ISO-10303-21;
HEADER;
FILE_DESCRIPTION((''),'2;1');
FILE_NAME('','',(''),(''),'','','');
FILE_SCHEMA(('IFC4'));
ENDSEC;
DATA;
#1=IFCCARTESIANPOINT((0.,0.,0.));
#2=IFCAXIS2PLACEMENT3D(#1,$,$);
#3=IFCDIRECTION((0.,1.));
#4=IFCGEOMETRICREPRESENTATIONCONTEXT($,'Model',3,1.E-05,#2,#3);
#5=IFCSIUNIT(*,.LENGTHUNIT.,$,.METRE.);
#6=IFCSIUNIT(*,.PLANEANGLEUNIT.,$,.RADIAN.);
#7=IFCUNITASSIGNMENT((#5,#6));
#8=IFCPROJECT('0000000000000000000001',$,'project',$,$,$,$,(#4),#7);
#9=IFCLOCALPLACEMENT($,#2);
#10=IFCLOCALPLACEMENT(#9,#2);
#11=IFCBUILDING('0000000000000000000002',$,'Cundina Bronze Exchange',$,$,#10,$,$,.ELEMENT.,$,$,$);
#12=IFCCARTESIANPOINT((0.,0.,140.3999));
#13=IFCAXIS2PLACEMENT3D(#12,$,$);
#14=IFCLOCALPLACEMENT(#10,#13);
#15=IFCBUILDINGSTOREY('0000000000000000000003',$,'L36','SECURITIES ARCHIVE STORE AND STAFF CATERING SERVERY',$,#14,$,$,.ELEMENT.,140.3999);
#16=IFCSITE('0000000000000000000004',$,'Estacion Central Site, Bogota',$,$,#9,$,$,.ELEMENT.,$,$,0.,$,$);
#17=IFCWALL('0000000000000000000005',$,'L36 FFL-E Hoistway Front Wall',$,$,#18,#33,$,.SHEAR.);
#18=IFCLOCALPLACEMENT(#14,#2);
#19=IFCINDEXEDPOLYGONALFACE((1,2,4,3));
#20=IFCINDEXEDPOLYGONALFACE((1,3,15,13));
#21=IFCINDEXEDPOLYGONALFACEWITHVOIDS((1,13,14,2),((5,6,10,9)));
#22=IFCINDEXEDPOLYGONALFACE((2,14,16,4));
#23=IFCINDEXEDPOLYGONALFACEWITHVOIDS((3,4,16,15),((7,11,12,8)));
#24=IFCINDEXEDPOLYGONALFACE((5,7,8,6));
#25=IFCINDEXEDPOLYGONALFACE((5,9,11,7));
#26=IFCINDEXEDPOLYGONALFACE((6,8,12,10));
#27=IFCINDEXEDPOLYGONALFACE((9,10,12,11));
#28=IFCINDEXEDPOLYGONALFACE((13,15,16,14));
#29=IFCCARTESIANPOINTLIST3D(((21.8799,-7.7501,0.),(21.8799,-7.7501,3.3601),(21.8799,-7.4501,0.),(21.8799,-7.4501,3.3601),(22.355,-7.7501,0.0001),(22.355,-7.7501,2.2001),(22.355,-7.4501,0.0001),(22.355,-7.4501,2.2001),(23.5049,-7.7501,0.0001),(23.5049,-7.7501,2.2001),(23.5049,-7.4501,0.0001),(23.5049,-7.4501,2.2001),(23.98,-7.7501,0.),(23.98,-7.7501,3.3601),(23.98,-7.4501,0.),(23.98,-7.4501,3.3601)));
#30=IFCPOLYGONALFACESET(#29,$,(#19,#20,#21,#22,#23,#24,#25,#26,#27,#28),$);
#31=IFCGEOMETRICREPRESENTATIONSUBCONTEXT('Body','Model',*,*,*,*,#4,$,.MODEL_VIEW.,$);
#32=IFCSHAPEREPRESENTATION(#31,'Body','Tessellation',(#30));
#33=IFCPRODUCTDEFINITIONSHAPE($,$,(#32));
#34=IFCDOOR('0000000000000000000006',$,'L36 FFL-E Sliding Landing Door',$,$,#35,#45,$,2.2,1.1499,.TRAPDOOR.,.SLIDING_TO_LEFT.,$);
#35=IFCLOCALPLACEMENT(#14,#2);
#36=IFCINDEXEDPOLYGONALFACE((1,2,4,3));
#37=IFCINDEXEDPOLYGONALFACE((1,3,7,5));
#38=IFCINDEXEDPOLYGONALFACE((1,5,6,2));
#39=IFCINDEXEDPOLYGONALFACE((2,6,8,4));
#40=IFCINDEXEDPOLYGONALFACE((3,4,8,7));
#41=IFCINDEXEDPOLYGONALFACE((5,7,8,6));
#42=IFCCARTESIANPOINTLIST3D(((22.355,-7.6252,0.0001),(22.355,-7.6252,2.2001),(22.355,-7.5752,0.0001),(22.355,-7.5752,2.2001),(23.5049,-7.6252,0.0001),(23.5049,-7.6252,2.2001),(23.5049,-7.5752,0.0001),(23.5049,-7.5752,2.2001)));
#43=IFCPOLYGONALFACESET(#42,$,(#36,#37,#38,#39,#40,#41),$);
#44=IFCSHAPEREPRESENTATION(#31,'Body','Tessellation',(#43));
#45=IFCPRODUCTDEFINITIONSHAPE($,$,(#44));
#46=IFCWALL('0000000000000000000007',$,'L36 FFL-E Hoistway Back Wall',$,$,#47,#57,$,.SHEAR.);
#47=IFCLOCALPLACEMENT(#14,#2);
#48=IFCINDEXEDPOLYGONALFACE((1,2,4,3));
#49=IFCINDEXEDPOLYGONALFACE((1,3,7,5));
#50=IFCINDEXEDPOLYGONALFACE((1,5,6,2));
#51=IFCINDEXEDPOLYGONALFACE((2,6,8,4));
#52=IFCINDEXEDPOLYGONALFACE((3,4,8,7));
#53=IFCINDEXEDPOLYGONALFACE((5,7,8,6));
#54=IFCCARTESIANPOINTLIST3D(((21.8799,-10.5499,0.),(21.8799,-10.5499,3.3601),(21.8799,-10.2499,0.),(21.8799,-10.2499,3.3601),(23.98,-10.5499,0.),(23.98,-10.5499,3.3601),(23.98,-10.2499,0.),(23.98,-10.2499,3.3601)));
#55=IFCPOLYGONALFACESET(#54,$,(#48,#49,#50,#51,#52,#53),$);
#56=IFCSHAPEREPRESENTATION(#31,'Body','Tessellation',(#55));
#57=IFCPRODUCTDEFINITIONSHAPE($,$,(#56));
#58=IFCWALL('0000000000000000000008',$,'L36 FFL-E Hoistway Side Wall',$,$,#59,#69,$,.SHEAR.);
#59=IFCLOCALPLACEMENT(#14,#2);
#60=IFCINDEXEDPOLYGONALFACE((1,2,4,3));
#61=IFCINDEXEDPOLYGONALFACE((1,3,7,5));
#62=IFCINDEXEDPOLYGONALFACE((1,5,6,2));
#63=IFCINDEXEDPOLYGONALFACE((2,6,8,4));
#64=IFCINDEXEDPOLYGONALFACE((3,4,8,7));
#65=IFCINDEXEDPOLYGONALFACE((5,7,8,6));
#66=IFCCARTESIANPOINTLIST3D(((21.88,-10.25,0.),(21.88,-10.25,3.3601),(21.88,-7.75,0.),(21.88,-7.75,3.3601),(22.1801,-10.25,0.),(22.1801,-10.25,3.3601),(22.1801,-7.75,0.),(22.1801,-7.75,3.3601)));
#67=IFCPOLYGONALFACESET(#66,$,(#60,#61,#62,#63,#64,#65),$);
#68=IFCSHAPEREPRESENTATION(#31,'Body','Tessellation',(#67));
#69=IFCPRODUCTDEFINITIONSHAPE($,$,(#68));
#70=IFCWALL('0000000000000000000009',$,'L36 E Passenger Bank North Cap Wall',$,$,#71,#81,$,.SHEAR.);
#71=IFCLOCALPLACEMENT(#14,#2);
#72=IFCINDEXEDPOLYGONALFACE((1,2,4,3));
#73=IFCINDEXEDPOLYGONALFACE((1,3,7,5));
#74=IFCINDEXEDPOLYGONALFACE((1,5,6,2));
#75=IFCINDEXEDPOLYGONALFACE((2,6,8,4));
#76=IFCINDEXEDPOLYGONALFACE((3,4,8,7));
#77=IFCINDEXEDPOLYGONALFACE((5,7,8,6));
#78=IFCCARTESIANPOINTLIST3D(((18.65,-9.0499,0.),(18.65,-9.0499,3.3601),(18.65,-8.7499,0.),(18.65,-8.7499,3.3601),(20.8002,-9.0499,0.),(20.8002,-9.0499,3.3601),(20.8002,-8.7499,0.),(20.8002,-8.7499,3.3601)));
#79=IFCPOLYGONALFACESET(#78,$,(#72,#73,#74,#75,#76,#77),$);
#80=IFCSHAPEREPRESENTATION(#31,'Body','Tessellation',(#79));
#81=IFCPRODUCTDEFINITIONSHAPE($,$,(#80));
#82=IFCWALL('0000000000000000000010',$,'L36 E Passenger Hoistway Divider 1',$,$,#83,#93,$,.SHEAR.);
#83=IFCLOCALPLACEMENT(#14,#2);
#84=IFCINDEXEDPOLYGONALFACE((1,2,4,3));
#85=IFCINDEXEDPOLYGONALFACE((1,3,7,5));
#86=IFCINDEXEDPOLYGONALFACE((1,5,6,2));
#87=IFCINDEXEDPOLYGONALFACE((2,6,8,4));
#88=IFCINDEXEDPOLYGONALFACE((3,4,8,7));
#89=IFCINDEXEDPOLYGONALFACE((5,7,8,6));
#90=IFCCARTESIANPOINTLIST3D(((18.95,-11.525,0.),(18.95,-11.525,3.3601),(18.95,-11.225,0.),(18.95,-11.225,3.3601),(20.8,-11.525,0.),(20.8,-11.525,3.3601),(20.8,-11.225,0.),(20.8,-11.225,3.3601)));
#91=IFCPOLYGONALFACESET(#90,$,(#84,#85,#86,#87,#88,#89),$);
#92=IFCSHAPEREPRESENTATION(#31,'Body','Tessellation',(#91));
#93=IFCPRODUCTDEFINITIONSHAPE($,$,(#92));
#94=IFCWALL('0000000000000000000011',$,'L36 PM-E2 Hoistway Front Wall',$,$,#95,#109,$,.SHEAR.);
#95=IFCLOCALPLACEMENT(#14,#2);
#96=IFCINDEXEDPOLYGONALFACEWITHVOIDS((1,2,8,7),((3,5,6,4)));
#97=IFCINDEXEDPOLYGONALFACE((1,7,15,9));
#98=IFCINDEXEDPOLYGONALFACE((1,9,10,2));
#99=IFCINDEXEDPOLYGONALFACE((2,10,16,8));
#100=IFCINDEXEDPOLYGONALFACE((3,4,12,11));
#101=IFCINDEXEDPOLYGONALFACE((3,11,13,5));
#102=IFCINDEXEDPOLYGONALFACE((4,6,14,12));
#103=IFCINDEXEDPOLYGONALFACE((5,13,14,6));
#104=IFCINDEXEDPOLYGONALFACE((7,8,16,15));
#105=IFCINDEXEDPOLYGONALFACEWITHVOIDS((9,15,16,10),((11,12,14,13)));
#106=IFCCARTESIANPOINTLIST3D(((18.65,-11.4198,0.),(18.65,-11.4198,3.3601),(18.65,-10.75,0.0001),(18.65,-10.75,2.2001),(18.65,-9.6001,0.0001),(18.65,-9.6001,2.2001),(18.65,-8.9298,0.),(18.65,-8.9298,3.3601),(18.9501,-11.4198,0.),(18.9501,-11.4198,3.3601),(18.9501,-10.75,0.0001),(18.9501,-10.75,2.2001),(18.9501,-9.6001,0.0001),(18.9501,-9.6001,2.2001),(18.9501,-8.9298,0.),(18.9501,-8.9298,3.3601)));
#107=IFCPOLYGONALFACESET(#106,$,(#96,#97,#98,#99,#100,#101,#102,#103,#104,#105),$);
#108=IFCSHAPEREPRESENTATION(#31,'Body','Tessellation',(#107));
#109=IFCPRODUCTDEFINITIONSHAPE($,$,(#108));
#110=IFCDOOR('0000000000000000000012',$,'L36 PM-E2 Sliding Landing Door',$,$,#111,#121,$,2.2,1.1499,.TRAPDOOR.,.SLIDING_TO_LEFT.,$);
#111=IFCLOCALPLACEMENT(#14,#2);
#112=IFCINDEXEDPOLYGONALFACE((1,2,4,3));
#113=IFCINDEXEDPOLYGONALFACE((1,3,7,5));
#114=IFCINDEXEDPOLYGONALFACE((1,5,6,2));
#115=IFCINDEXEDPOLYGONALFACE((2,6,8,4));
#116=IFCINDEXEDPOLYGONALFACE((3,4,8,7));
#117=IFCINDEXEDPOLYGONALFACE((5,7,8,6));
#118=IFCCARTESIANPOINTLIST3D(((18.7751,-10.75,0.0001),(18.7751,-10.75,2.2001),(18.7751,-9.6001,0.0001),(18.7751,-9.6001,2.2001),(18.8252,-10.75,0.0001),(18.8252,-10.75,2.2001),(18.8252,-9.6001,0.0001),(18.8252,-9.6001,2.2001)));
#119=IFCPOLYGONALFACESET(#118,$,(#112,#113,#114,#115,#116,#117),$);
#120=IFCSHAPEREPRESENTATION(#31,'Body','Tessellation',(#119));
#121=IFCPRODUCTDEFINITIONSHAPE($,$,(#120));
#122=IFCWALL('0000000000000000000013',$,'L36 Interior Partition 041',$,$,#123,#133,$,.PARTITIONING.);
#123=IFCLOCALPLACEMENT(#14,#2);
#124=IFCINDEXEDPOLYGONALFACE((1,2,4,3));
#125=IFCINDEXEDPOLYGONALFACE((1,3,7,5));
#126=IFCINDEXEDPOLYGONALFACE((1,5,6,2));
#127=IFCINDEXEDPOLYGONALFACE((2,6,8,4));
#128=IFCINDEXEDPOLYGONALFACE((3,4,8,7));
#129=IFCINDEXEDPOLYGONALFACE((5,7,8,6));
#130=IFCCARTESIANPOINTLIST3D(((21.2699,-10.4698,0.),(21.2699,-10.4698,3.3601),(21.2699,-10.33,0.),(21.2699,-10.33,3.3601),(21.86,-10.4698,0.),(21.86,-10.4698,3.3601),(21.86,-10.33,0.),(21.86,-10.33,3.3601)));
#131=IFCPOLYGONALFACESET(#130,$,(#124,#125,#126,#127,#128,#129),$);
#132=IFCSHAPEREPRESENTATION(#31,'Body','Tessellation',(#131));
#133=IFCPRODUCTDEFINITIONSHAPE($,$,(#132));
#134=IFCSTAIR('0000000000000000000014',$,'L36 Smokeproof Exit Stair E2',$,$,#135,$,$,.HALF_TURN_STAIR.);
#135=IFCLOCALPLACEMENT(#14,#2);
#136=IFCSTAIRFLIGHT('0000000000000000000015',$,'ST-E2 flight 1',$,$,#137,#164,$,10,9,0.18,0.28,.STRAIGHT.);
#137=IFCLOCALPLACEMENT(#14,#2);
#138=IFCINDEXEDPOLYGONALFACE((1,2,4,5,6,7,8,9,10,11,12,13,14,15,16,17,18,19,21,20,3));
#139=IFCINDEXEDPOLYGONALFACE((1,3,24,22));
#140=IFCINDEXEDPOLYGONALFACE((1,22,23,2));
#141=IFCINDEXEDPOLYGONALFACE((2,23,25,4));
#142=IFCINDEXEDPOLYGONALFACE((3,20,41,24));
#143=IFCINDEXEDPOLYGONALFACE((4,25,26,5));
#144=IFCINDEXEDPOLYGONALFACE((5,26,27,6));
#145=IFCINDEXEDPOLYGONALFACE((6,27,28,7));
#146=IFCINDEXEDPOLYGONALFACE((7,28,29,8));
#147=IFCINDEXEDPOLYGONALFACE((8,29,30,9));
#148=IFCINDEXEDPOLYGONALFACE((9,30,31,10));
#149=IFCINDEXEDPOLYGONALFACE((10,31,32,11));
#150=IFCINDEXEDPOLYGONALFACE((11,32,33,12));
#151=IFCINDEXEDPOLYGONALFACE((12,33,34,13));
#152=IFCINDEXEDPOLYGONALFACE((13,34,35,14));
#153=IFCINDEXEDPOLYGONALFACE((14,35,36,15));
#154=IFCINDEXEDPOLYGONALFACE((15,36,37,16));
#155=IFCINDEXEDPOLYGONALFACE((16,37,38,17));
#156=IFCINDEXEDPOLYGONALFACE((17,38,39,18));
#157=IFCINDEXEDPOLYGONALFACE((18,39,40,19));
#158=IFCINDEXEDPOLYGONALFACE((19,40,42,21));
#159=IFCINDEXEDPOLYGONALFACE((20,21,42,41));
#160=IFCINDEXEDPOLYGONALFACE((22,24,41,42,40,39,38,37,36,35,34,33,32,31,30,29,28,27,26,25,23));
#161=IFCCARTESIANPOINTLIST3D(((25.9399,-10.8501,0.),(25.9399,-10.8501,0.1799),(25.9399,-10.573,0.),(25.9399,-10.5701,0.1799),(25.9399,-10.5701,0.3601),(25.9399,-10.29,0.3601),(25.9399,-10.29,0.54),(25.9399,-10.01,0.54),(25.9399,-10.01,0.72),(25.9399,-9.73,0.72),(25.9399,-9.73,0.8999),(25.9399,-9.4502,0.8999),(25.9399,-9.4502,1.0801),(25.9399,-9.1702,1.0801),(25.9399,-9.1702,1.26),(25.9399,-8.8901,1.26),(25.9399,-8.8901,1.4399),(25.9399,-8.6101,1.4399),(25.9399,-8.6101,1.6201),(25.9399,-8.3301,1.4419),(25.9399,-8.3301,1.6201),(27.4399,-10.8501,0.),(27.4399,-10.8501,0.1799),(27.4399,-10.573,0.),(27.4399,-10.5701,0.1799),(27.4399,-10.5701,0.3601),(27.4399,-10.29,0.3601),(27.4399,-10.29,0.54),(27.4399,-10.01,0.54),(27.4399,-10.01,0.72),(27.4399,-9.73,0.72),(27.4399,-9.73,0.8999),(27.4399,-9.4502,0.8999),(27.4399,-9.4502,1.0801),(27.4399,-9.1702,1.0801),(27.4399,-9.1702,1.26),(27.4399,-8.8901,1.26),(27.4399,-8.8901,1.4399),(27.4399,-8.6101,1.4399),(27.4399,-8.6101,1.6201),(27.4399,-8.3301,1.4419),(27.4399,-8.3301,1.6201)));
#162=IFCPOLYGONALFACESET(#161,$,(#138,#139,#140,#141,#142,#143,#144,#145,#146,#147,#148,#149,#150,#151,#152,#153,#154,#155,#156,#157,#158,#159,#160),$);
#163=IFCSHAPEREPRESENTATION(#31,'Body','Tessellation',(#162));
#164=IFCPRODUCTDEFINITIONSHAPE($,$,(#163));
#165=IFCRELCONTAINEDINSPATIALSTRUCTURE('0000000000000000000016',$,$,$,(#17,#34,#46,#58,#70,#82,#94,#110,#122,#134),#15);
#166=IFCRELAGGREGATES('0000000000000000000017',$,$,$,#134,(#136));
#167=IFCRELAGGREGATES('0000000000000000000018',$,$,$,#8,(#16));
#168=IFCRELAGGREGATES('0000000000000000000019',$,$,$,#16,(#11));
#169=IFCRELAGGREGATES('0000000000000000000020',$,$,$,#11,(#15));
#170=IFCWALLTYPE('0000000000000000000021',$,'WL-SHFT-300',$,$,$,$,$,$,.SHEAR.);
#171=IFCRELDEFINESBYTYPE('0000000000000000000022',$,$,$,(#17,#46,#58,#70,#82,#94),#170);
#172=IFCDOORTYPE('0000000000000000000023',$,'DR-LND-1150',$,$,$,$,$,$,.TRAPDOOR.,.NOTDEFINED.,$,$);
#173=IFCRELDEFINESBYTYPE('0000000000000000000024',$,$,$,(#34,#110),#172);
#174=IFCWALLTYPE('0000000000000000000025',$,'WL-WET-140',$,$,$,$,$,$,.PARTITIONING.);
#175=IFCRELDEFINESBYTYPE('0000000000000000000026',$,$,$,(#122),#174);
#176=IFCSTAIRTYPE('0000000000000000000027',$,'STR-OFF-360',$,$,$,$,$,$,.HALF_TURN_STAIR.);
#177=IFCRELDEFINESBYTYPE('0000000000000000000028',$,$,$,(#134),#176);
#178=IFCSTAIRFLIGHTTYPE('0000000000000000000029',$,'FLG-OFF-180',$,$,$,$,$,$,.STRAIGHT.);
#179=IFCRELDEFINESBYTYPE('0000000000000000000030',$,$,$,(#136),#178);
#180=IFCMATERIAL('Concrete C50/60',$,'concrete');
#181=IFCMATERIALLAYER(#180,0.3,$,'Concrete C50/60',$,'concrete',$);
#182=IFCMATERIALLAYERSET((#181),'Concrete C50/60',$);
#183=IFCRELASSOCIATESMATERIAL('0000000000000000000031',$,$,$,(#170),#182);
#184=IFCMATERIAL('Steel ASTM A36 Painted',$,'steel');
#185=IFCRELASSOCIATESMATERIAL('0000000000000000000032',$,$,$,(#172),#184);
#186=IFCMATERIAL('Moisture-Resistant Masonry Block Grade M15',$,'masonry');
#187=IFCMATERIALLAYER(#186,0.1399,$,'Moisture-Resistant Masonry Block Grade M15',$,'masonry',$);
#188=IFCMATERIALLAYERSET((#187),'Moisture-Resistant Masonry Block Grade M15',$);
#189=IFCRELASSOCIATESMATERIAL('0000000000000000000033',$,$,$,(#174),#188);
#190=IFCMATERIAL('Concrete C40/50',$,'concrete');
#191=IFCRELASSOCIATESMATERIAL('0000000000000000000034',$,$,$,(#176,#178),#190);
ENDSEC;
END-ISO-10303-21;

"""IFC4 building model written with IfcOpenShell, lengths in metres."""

from ifc_helpers import new_model, si_unit, direction, frame, frame_2d, origin, place, context, subcontext, project, spatial, polyline, rectangle, outline, extrude, material, layer, layer_set, type_object, element, fill, aggregate, save


model = new_model("IFC4")

# Units and contexts
model_context = context("Model", 3, precision=1e-05, world=origin(), true_north=direction((0.0, 1.0)))
body_context = subcontext(model_context, "Body", "Model", "MODEL_VIEW")
ifc_project = project(units=[si_unit("LENGTHUNIT", "METRE"), si_unit("PLANEANGLEUNIT", "RADIAN")], contexts=[model_context])

# Site, building, storey
site_placement = place(None, origin())
site = spatial("IfcSite", under=ifc_project, at=site_placement, Name="Estacion Central Site, Bogota", CompositionType="ELEMENT", RefElevation=0.0)
building_placement = place(site_placement, origin())
building = spatial("IfcBuilding", under=site, at=building_placement, Name="Cundina Bronze Exchange", CompositionType="ELEMENT")
storey_placement = place(building_placement, frame((0.0, 0.0, 140.3999)))
storey = spatial("IfcBuildingStorey", under=building, at=storey_placement, Name="L36", Description="SECURITIES ARCHIVE STORE AND STAFF CATERING SERVERY", CompositionType="ELEMENT", Elevation=140.3999)

# Shared definitions
ifc_material_1 = material(Name="Concrete C50/60", Category="concrete")

# Shared definitions
ifc_layer_1 = layer(ifc_material_1, 0.3, Name="Concrete C50/60", Category="concrete")
ifc_layer_set_1 = layer_set([ifc_layer_1], Name="Concrete C50/60")
wall_type_1 = type_object("IfcWallType", Name="WL-SHFT-300", PredefinedType="SHEAR", material=ifc_layer_set_1)

# Wall, opening, door
ifc_material_2 = material(Name="Steel ASTM A36 Painted", Category="steel")
wall_1_placement = place(storey_placement, frame((21.8799, -7.6001, 0.0), z_axis=(0.0, 0.0, 1.0), x_axis=(1.0, 0.0, 0.0)))
wall_1 = element("IfcWall", 1, at=wall_1_placement, inside=storey, type_object=wall_type_1, Name="L36 FFL-E Hoistway Front Wall", PredefinedType="SHEAR", context=body_context, shape_type="SweptSolid", body=[
    extrude(rectangle(XDim=2.1001, YDim=0.3, at=frame_2d((1.05, 0.0))), origin(), (0.0, 0.0, 1.0), 3.3601),
])
opening_1_placement = place(wall_1_placement, frame((0.4751, 0.0, 0.0)))
opening_1 = element("IfcOpeningElement", 2, at=opening_1_placement, cuts=wall_1, PredefinedType="OPENING", context=body_context, shape_type="SweptSolid", body=[
    extrude(rectangle(XDim=1.1499, YDim=2.2, at=frame_2d((0.575, 1.1001))), frame((0.0, 0.1599, 0.0), z_axis=(0.0, -1.0, 0.0), x_axis=(1.0, 0.0, 0.0)), (0.0, 0.0, 1.0), 0.3201),
])
door_type_1 = type_object("IfcDoorType", Name="DR-LND-1150", OperationType="NOTDEFINED", PredefinedType="TRAPDOOR", material=ifc_material_2)
door_1_placement = place(opening_1_placement, origin())
door_1 = element("IfcDoor", 3, at=door_1_placement, inside=storey, type_object=door_type_1, Name="L36 FFL-E Sliding Landing Door", OperationType="SLIDING_TO_LEFT", OverallHeight=2.2, OverallWidth=1.1499, PredefinedType="TRAPDOOR", context=body_context, shape_type="SweptSolid", body=[
    extrude(rectangle(XDim=1.1499, YDim=2.2, at=frame_2d((0.575, 1.1001))), frame((0.0, 0.0249, 0.0), z_axis=(0.0, -1.0, 0.0), x_axis=(1.0, 0.0, 0.0)), (0.0, 0.0, 1.0), 0.05),
])
fill(opening_1, door_1)

# Walls
wall_2_placement = place(storey_placement, frame((21.8799, -10.3999, 0.0), z_axis=(0.0, 0.0, 1.0), x_axis=(1.0, 0.0, 0.0)))
element("IfcWall", 4, at=wall_2_placement, inside=storey, type_object=wall_type_1, Name="L36 FFL-E Hoistway Back Wall", PredefinedType="SHEAR", context=body_context, shape_type="SweptSolid", body=[
    extrude(rectangle(XDim=2.1001, YDim=0.3, at=frame_2d((1.05, 0.0))), origin(), (0.0, 0.0, 1.0), 3.3601),
])
wall_3_placement = place(storey_placement, frame((22.03, -10.25, 0.0), z_axis=(0.0, 0.0, 1.0), x_axis=(0.0, 1.0, 0.0)))
element("IfcWall", 5, at=wall_3_placement, inside=storey, type_object=wall_type_1, Name="L36 FFL-E Hoistway Side Wall", PredefinedType="SHEAR", context=body_context, shape_type="SweptSolid", body=[
    extrude(rectangle(XDim=2.5, YDim=0.3, at=frame_2d((1.25, 0.0))), origin(), (0.0, 0.0, 1.0), 3.3601),
])
wall_4_placement = place(storey_placement, frame((18.6499, -8.8999, 0.0), z_axis=(0.0, 0.0, 1.0), x_axis=(1.0, 0.0, 0.0)))
element("IfcWall", 6, at=wall_4_placement, inside=storey, type_object=wall_type_1, Name="L36 E Passenger Bank North Cap Wall", PredefinedType="SHEAR", context=body_context, shape_type="SweptSolid", body=[
    extrude(rectangle(XDim=2.1501, YDim=0.3, at=frame_2d((1.0752, 0.0))), origin(), (0.0, 0.0, 1.0), 3.3601),
])
wall_5_placement = place(storey_placement, frame((18.95, -11.375, 0.0), z_axis=(0.0, 0.0, 1.0), x_axis=(1.0, 0.0, 0.0)))
element("IfcWall", 7, at=wall_5_placement, inside=storey, type_object=wall_type_1, Name="L36 E Passenger Hoistway Divider 1", PredefinedType="SHEAR", context=body_context, shape_type="SweptSolid", body=[
    extrude(rectangle(XDim=1.8501, YDim=0.3, at=frame_2d((0.925, 0.0))), origin(), (0.0, 0.0, 1.0), 3.3601),
])

# Wall, opening, door
wall_6_placement = place(storey_placement, frame((18.8, -11.4199, 0.0), z_axis=(0.0, 0.0, 1.0), x_axis=(0.0, 1.0, 0.0)))
wall_6 = element("IfcWall", 8, at=wall_6_placement, inside=storey, type_object=wall_type_1, Name="L36 PM-E2 Hoistway Front Wall", PredefinedType="SHEAR", context=body_context, shape_type="SweptSolid", body=[
    extrude(rectangle(XDim=2.49, YDim=0.3, at=frame_2d((1.2451, 0.0))), origin(), (0.0, 0.0, 1.0), 3.3601),
])
opening_2_placement = place(wall_6_placement, frame((0.6699, 0.0, 0.0)))
opening_2 = element("IfcOpeningElement", 9, at=opening_2_placement, cuts=wall_6, PredefinedType="OPENING", context=body_context, shape_type="SweptSolid", body=[
    extrude(rectangle(XDim=1.1499, YDim=2.2, at=frame_2d((0.575, 1.1001))), frame((0.0, 0.1599, 0.0), z_axis=(0.0, -1.0, 0.0), x_axis=(1.0, 0.0, 0.0)), (0.0, 0.0, 1.0), 0.3201),
])
door_2_placement = place(opening_2_placement, origin())
door_2 = element("IfcDoor", 10, at=door_2_placement, inside=storey, type_object=door_type_1, Name="L36 PM-E2 Sliding Landing Door", OperationType="SLIDING_TO_LEFT", OverallHeight=2.2, OverallWidth=1.1499, PredefinedType="TRAPDOOR", context=body_context, shape_type="SweptSolid", body=[
    extrude(rectangle(XDim=1.1499, YDim=2.2, at=frame_2d((0.575, 1.1001))), frame((0.0, 0.0249, 0.0), z_axis=(0.0, -1.0, 0.0), x_axis=(1.0, 0.0, 0.0)), (0.0, 0.0, 1.0), 0.05),
])
fill(opening_2, door_2)

# Wall
ifc_material_3 = material(Name="Moisture-Resistant Masonry Block Grade M15", Category="masonry")
ifc_layer_2 = layer(ifc_material_3, 0.1399, Name="Moisture-Resistant Masonry Block Grade M15", Category="masonry")
ifc_layer_set_2 = layer_set([ifc_layer_2], Name="Moisture-Resistant Masonry Block Grade M15")
wall_type_2 = type_object("IfcWallType", Name="WL-WET-140", PredefinedType="PARTITIONING", material=ifc_layer_set_2)
wall_7_placement = place(storey_placement, frame((21.27, -10.3999, 0.0), z_axis=(0.0, 0.0, 1.0), x_axis=(1.0, 0.0, 0.0)))
element("IfcWall", 11, at=wall_7_placement, inside=storey, type_object=wall_type_2, Name="L36 Interior Partition 041", PredefinedType="PARTITIONING", context=body_context, shape_type="SweptSolid", body=[
    extrude(rectangle(XDim=0.5901, YDim=0.1399, at=frame_2d((0.2949, 0.0))), origin(), (0.0, 0.0, 1.0), 3.3601),
])

# Stair, stair flight
ifc_material_4 = material(Name="Concrete C40/50", Category="concrete")
stair_type = type_object("IfcStairType", Name="STR-OFF-360", PredefinedType="HALF_TURN_STAIR", material=ifc_material_4)
stair_placement = place(storey_placement, origin())
stair = element("IfcStair", 12, at=stair_placement, inside=storey, type_object=stair_type, Name="L36 Smokeproof Exit Stair E2", PredefinedType="HALF_TURN_STAIR")
stair_flight_type = type_object("IfcStairFlightType", Name="FLG-OFF-180", PredefinedType="STRAIGHT", material=ifc_material_4)
stair_flight_1_placement = place(storey_placement, frame((26.6899, -10.8501, 0.0), z_axis=(0.0, 0.0, 1.0), x_axis=(0.0, 1.0, 0.0)))
stair_flight_1 = element("IfcStairFlight", 13, at=stair_flight_1_placement, type_object=stair_flight_type, Name="ST-E2 flight 1", NumberOfRisers=10, NumberOfTreads=9, PredefinedType="STRAIGHT", RiserHeight=0.18, TreadLength=0.28, context=body_context, shape_type="SweptSolid", body=[
    extrude(outline(polyline([(0.0, 0.0), (0.0, 0.1799), (0.28, 0.1799), (0.28, 0.3601), (0.5601, 0.3601), (0.5601, 0.54), (0.8401, 0.54), (0.8401, 0.72), (1.1201, 0.72), (1.1201, 0.8999), (1.3999, 0.8999), (1.3999, 1.0801), (1.6799, 1.0801), (1.6799, 1.26), (1.96, 1.26), (1.96, 1.4399), (2.24, 1.4399), (2.24, 1.6201), (2.52, 1.6201), (2.52, 1.8), (2.52, 1.4419), (0.2771, 0.0), (0.0, 0.0)])), frame((0.0, 0.75, 0.0), z_axis=(0.0, -1.0, 0.0), x_axis=(1.0, 0.0, 0.0)), (0.0, 0.0, 1.0), 1.5),
])
aggregate(stair, [stair_flight_1])

save(model, "model.ifc")
